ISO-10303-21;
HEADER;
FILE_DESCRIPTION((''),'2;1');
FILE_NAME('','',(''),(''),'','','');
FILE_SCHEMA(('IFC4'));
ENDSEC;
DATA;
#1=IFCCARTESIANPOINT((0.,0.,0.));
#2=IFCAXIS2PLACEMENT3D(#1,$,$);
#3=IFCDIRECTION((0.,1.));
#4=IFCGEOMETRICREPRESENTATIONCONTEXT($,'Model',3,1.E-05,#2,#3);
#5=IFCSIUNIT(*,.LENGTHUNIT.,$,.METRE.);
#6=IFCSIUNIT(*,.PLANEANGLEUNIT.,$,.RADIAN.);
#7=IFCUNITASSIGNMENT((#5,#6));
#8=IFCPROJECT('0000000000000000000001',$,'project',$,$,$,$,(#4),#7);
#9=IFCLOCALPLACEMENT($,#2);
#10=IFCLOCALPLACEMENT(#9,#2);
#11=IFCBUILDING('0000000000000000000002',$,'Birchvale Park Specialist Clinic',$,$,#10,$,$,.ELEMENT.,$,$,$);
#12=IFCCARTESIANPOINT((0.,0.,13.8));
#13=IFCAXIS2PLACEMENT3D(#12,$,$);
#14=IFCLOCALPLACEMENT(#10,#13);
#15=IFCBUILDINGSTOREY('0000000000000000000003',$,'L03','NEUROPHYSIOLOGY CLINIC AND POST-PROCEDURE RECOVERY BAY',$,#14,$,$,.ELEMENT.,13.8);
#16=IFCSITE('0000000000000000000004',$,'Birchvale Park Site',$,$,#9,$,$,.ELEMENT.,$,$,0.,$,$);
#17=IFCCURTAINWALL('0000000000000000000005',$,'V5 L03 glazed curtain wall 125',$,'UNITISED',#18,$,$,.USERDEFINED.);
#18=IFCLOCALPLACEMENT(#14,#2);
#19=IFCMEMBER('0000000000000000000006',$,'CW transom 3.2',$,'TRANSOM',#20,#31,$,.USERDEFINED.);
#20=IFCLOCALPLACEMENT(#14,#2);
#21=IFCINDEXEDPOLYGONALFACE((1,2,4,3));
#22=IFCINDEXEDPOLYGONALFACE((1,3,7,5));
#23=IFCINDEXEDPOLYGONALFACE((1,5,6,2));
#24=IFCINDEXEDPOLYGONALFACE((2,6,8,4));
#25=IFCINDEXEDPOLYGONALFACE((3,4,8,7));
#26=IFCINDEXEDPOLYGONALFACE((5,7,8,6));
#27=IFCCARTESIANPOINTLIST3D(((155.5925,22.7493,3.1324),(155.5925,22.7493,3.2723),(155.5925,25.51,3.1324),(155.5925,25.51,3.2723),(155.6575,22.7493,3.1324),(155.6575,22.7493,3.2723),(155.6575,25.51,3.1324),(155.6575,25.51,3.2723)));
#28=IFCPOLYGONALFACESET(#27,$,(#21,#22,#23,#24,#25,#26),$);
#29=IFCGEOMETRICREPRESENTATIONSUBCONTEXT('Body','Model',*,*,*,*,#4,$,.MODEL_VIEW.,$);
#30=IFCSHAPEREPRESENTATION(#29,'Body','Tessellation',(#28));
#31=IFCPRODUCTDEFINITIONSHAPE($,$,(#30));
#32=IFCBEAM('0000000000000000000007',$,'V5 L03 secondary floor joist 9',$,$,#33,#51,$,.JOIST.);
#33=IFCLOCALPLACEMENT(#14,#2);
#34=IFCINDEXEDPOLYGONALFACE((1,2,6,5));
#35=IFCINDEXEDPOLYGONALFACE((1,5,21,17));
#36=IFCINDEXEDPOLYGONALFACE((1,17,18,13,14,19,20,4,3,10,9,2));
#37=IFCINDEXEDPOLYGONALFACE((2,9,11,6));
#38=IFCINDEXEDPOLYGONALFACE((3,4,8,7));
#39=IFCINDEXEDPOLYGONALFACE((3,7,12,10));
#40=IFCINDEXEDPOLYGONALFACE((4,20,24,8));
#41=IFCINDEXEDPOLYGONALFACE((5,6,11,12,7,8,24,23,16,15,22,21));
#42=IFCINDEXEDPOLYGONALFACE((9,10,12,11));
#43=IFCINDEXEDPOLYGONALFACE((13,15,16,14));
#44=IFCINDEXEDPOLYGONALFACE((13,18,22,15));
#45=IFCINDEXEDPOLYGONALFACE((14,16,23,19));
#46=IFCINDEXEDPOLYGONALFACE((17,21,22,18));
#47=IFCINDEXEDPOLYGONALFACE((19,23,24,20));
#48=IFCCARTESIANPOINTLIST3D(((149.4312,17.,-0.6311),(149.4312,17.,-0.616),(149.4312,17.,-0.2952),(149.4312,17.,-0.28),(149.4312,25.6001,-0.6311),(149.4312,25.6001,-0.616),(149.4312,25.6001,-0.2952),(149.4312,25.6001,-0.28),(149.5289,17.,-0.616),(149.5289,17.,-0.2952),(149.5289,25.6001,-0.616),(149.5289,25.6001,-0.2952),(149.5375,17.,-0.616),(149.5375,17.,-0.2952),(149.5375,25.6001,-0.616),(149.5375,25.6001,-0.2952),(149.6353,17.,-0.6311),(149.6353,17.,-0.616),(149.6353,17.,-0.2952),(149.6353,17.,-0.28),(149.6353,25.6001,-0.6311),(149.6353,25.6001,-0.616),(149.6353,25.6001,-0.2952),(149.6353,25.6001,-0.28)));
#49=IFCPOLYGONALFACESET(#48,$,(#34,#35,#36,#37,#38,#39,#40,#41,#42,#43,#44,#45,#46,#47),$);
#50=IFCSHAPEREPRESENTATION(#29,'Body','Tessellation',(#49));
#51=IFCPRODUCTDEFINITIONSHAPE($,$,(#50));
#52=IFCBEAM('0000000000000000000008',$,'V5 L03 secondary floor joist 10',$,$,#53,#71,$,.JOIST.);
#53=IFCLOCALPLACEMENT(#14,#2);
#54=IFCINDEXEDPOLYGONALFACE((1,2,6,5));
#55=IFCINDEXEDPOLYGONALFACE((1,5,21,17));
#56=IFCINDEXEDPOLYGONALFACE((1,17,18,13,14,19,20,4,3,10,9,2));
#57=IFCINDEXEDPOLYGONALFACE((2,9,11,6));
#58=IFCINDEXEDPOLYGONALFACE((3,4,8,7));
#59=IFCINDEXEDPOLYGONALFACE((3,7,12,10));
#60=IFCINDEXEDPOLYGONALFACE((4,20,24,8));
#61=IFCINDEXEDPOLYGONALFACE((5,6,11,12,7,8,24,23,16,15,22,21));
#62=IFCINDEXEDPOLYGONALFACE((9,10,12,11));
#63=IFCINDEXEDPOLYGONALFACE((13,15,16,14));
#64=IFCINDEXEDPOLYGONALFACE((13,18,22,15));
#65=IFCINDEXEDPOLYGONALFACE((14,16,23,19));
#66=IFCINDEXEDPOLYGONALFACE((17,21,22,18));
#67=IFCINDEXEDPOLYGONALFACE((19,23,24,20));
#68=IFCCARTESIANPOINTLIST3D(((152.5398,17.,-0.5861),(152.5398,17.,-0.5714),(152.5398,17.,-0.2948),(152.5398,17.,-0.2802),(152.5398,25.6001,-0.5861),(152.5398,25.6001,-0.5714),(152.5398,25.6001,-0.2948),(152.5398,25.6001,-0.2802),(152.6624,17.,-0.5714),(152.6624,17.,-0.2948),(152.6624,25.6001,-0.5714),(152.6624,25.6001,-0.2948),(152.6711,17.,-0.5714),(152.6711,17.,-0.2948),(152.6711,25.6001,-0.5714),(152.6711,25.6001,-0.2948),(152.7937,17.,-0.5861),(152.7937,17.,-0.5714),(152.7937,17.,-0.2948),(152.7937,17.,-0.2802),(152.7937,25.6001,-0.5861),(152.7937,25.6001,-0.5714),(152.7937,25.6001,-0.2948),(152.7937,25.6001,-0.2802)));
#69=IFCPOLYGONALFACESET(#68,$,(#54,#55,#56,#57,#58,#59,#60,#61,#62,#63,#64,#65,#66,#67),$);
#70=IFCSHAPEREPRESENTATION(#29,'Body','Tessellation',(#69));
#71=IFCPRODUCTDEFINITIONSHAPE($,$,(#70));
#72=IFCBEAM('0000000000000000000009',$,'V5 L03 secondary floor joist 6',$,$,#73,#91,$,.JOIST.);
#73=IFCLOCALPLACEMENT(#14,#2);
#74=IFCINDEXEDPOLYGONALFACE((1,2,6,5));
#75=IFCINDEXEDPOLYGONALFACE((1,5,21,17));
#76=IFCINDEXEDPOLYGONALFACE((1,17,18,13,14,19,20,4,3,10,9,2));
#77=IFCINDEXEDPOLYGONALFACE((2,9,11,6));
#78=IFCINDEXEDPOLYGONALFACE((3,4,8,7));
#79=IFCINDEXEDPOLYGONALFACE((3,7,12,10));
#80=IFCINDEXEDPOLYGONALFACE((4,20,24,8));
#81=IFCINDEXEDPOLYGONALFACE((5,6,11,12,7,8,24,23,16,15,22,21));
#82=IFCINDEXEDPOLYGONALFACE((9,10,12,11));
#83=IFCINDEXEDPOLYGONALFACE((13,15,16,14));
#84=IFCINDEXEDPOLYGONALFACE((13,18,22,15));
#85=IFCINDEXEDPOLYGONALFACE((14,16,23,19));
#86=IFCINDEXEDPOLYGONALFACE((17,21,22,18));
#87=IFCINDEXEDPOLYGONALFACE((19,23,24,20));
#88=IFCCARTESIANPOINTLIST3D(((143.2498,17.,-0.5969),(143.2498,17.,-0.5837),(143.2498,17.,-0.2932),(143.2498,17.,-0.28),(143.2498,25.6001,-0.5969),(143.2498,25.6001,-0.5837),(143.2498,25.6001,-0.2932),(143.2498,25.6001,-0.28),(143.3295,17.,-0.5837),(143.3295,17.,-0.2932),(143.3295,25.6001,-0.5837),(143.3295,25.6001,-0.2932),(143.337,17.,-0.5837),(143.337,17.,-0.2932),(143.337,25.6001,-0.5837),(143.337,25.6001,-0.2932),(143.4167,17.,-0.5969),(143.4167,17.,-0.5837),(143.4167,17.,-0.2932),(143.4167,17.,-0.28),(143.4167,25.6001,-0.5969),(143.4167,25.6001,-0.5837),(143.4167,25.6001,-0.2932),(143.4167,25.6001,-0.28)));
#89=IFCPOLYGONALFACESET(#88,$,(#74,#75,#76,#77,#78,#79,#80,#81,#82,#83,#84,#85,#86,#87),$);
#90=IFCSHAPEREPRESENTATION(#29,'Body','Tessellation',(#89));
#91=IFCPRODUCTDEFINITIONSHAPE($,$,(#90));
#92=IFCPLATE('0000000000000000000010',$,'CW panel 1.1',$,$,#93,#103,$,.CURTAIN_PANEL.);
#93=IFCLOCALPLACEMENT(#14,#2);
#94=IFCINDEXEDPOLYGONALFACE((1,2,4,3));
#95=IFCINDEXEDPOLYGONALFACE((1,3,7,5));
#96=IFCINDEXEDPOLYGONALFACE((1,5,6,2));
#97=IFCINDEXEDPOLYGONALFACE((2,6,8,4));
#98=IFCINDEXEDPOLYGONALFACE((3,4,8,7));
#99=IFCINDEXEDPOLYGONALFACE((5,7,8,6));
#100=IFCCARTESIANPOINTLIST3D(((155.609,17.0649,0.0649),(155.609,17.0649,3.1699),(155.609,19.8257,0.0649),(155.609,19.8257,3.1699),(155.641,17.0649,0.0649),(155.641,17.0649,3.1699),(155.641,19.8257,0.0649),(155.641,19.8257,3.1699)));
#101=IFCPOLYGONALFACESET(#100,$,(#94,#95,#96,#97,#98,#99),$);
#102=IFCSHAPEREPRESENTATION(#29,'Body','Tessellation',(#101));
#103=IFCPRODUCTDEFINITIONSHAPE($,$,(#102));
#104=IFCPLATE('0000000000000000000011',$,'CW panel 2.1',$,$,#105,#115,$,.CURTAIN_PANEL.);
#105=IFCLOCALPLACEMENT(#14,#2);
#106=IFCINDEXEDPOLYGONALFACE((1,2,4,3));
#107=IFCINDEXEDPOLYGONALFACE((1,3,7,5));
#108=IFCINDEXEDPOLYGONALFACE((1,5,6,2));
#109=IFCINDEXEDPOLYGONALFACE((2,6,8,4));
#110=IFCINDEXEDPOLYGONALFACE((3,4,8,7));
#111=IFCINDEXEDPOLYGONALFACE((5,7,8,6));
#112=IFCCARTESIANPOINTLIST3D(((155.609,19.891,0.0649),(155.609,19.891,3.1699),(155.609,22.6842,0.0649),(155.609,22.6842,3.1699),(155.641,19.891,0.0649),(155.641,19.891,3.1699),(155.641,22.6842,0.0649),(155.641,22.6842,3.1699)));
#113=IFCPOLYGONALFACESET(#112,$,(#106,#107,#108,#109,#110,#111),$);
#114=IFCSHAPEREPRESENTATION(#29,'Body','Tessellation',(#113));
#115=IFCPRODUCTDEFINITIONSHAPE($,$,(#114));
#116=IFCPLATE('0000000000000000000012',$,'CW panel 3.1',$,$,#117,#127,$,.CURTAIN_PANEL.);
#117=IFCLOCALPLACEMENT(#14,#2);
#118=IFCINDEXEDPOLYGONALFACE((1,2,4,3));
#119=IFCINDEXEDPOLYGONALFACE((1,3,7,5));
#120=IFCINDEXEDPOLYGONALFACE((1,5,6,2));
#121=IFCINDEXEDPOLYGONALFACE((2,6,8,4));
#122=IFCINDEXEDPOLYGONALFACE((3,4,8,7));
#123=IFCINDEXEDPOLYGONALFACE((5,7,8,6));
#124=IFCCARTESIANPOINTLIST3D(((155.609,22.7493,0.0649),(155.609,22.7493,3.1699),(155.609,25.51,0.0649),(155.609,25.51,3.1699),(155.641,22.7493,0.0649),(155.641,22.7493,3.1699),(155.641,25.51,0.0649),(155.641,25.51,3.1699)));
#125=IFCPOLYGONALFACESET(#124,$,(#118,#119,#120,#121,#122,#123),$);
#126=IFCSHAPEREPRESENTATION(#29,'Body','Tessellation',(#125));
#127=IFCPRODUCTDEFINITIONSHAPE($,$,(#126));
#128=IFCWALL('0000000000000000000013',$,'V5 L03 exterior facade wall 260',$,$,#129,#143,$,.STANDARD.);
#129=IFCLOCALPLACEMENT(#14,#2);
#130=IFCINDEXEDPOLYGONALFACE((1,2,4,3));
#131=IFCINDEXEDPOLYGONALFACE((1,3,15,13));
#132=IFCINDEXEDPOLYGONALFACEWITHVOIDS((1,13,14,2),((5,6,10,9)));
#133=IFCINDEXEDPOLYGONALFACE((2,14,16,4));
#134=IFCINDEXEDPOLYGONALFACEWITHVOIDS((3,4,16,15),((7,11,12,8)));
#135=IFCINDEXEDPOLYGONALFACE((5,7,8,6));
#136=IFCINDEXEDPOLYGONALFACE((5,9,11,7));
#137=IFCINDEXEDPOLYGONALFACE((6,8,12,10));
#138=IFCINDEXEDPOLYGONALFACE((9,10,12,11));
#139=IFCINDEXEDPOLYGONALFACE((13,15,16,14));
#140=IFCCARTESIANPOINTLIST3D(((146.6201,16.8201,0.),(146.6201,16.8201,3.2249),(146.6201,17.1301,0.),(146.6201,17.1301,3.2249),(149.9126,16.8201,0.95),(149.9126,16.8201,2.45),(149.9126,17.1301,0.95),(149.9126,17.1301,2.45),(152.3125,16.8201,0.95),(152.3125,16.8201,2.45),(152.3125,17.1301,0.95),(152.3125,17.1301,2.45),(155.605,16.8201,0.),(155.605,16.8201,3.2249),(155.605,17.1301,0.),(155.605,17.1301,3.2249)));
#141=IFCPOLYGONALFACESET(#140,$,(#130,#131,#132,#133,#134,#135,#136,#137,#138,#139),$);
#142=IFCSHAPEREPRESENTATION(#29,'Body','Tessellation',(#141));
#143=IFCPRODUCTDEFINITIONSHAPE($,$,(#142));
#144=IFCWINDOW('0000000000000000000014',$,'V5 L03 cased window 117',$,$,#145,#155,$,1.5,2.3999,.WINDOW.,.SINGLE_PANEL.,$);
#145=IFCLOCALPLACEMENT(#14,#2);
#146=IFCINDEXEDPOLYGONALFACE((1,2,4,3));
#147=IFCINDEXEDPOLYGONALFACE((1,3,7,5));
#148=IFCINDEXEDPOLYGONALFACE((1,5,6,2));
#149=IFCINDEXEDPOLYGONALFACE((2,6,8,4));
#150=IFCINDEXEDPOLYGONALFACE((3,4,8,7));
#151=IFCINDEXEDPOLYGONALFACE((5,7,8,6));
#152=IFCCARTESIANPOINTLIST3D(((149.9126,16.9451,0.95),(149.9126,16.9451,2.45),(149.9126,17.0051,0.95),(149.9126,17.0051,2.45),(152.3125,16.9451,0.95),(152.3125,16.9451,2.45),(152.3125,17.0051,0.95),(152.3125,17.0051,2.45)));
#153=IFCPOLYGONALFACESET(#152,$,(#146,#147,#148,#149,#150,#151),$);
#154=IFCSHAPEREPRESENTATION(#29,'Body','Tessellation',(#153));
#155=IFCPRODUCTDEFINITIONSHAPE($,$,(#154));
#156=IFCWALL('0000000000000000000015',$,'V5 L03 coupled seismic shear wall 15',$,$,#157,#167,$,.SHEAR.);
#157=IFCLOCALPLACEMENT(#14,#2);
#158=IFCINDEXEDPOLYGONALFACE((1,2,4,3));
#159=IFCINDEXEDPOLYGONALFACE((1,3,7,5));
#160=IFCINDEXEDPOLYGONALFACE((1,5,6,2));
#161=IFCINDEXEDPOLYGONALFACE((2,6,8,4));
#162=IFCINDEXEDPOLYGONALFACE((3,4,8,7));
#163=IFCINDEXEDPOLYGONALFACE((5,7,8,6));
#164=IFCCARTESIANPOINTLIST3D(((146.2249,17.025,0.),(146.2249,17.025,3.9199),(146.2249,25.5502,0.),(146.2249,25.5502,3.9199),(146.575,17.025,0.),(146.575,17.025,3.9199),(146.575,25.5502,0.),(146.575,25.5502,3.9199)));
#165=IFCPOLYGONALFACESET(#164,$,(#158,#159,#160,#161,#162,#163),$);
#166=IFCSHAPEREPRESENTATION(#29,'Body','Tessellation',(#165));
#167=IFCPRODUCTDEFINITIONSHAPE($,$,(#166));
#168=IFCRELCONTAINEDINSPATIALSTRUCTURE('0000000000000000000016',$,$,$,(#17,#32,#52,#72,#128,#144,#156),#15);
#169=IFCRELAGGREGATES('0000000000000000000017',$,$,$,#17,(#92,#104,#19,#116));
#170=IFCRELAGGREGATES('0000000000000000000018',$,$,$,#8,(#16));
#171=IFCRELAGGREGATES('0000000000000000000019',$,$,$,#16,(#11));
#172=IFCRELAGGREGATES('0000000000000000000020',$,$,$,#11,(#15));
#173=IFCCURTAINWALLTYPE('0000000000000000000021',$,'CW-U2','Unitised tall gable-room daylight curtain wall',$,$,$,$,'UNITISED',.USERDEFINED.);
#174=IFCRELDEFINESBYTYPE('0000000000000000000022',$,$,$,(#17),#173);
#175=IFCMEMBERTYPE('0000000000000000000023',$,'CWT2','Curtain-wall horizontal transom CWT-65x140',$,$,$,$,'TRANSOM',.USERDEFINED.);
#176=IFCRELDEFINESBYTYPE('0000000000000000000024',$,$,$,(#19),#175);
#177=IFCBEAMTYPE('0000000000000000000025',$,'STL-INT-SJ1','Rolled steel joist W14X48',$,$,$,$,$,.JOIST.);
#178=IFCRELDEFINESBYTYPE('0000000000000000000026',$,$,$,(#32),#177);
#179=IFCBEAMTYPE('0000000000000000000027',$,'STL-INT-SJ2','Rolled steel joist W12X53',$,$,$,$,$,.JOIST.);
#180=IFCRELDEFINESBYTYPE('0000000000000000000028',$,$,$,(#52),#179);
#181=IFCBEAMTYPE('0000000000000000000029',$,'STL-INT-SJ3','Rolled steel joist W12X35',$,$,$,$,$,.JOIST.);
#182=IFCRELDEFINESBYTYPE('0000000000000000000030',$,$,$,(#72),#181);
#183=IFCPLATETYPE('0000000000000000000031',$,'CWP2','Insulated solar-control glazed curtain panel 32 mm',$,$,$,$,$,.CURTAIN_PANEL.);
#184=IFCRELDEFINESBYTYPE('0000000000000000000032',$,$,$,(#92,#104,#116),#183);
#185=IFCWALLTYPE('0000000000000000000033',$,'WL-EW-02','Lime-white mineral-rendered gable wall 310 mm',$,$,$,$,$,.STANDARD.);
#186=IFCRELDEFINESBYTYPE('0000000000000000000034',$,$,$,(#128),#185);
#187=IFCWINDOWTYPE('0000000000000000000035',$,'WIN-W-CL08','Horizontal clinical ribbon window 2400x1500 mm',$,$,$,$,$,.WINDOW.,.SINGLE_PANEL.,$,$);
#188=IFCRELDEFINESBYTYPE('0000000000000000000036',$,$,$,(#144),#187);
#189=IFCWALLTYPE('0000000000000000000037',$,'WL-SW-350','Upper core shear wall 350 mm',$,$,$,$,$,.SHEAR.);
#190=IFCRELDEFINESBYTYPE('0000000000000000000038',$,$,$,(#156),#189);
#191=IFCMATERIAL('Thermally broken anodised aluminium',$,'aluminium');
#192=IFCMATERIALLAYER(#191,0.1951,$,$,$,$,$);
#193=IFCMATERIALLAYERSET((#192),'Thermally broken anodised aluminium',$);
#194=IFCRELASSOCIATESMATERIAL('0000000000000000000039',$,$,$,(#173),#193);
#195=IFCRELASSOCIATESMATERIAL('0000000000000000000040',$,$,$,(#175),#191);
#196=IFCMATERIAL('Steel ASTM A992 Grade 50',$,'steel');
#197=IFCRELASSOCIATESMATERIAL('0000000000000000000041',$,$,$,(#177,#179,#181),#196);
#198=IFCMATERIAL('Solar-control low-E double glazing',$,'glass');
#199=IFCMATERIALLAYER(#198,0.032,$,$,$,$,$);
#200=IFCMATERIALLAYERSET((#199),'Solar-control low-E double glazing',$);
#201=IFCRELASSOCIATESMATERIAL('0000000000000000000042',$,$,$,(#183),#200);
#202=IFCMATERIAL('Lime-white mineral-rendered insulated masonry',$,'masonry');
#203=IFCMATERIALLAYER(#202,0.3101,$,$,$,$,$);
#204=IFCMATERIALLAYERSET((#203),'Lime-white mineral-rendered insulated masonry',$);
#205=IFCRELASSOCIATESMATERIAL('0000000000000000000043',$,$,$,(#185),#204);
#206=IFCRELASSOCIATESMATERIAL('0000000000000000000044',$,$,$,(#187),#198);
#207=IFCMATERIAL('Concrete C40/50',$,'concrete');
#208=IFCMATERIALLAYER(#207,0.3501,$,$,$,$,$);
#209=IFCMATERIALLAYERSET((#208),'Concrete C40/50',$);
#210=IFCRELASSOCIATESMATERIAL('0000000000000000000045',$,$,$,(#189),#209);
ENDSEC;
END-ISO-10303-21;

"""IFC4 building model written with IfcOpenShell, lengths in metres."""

from ifc_helpers import new_model, si_unit, direction, frame, frame_2d, origin, origin_2d, place, context, subcontext, project, spatial, rectangle, i_section, extrude, material, layer, layer_set, material_profile, profile_set, type_object, element, fill, aggregate, save


model = new_model("IFC4")

# Units and contexts
model_context = context("Model", 3, precision=1e-05, world=origin(), true_north=direction((0.0, 1.0)))
body_context = subcontext(model_context, "Body", "Model", "MODEL_VIEW")
ifc_project = project(units=[si_unit("LENGTHUNIT", "METRE"), si_unit("PLANEANGLEUNIT", "RADIAN")], contexts=[model_context])

# Site, building, storey
site_placement = place(None, origin())
site = spatial("IfcSite", under=ifc_project, at=site_placement, Name="Birchvale Park Site", CompositionType="ELEMENT", RefElevation=0.0)
building_placement = place(site_placement, origin())
building = spatial("IfcBuilding", under=site, at=building_placement, Name="Birchvale Park Specialist Clinic", CompositionType="ELEMENT")
storey_placement = place(building_placement, frame((0.0, 0.0, 13.8)))
storey = spatial("IfcBuildingStorey", under=building, at=storey_placement, Name="L03", Description="NEUROPHYSIOLOGY CLINIC AND POST-PROCEDURE RECOVERY BAY", CompositionType="ELEMENT", Elevation=13.8)

# Shared definitions
ifc_material_1 = material(Name="Concrete C40/50", Category="concrete")

# Curtain wall, member
ifc_material_2 = material(Name="Thermally broken anodised aluminium", Category="aluminium")
ifc_layer_1 = layer(ifc_material_2, 0.1951)
ifc_layer_set_1 = layer_set([ifc_layer_1], Name="Thermally broken anodised aluminium")
curtain_wall_type = type_object("IfcCurtainWallType", Name="CW-U2", Description="Unitised tall gable-room daylight curtain wall", ElementType="UNITISED", PredefinedType="USERDEFINED", material=ifc_layer_set_1)
curtain_wall_placement = place(storey_placement, origin())
curtain_wall = element("IfcCurtainWall", 1, at=curtain_wall_placement, inside=storey, type_object=curtain_wall_type, Name="V5 L03 glazed curtain wall 125", ObjectType="UNITISED", PredefinedType="USERDEFINED")
ifc_material_profile_1 = material_profile(ifc_material_2, rectangle(XDim=0.0649, YDim=0.1399, at=origin_2d()), Name="CWT-65x140")
ifc_profile_set_1 = profile_set([ifc_material_profile_1], Name="Thermally broken anodised aluminium")
member_type_1 = type_object("IfcMemberType", Name="CWT2", Description="Curtain-wall horizontal transom CWT-65x140", ElementType="TRANSOM", PredefinedType="USERDEFINED", material=ifc_profile_set_1)
member_1_placement = place(storey_placement, frame((155.625, 22.7493, 3.2024), z_axis=(0.0, 1.0, 0.0), x_axis=(-1.0, 0.0, 0.0)))
member_1 = element("IfcMember", 2, at=member_1_placement, type_object=member_type_1, Name="CW transom 3.2", ObjectType="TRANSOM", PredefinedType="USERDEFINED", context=body_context, shape_type="SweptSolid", body=[
    extrude(rectangle(XDim=0.0649, YDim=0.1399, at=origin_2d()), origin(), (0.0, 0.0, 1.0), 2.7607),
])

# Beams
ifc_material_3 = material(Name="Steel ASTM A992 Grade 50", Category="steel")
ifc_material_profile_2 = material_profile(ifc_material_3, i_section(OverallWidth=0.2041, OverallDepth=0.3511, WebThickness=0.0085, FlangeThickness=0.0151, at=origin_2d()), Name="W14X48")
ifc_profile_set_2 = profile_set([ifc_material_profile_2], Name="Steel ASTM A992 Grade 50")
beam_type_1 = type_object("IfcBeamType", Name="STL-INT-SJ1", Description="Rolled steel joist W14X48", PredefinedType="JOIST", material=ifc_profile_set_2)
beam_1_placement = place(storey_placement, frame((149.5332, 17.0, -0.4556), z_axis=(0.0, 1.0, 0.0), x_axis=(-1.0, 0.0, 0.0)))
element("IfcBeam", 3, at=beam_1_placement, inside=storey, type_object=beam_type_1, Name="V5 L03 secondary floor joist 9", PredefinedType="JOIST", context=body_context, shape_type="SweptSolid", body=[
    extrude(i_section(OverallWidth=0.2041, OverallDepth=0.3511, WebThickness=0.0085, FlangeThickness=0.0151, at=origin_2d()), origin(), (0.0, 0.0, 1.0), 8.6001),
])
ifc_material_profile_3 = material_profile(ifc_material_3, i_section(OverallWidth=0.2539, OverallDepth=0.3059, WebThickness=0.0088, FlangeThickness=0.0146, at=origin_2d()), Name="W12X53")
ifc_profile_set_3 = profile_set([ifc_material_profile_3], Name="Steel ASTM A992 Grade 50")
beam_type_2 = type_object("IfcBeamType", Name="STL-INT-SJ2", Description="Rolled steel joist W12X53", PredefinedType="JOIST", material=ifc_profile_set_3)
beam_2_placement = place(storey_placement, frame((152.6667, 17.0, -0.4331), z_axis=(0.0, 1.0, 0.0), x_axis=(-1.0, 0.0, 0.0)))
element("IfcBeam", 4, at=beam_2_placement, inside=storey, type_object=beam_type_2, Name="V5 L03 secondary floor joist 10", PredefinedType="JOIST", context=body_context, shape_type="SweptSolid", body=[
    extrude(i_section(OverallWidth=0.2539, OverallDepth=0.3059, WebThickness=0.0088, FlangeThickness=0.0146, at=origin_2d()), origin(), (0.0, 0.0, 1.0), 8.6001),
])
ifc_material_profile_4 = material_profile(ifc_material_3, i_section(OverallWidth=0.167, OverallDepth=0.3169, WebThickness=0.0076, FlangeThickness=0.0132, at=origin_2d()), Name="W12X35")
ifc_profile_set_4 = profile_set([ifc_material_profile_4], Name="Steel ASTM A992 Grade 50")
beam_type_3 = type_object("IfcBeamType", Name="STL-INT-SJ3", Description="Rolled steel joist W12X35", PredefinedType="JOIST", material=ifc_profile_set_4)
beam_3_placement = place(storey_placement, frame((143.3333, 17.0, -0.4385), z_axis=(0.0, 1.0, 0.0), x_axis=(-1.0, 0.0, 0.0)))
element("IfcBeam", 5, at=beam_3_placement, inside=storey, type_object=beam_type_3, Name="V5 L03 secondary floor joist 6", PredefinedType="JOIST", context=body_context, shape_type="SweptSolid", body=[
    extrude(i_section(OverallWidth=0.167, OverallDepth=0.3169, WebThickness=0.0076, FlangeThickness=0.0132, at=origin_2d()), origin(), (0.0, 0.0, 1.0), 8.6001),
])

# Plates
ifc_material_4 = material(Name="Solar-control low-E double glazing", Category="glass")
ifc_layer_2 = layer(ifc_material_4, 0.032)
ifc_layer_set_2 = layer_set([ifc_layer_2], Name="Solar-control low-E double glazing")
plate_type = type_object("IfcPlateType", Name="CWP2", Description="Insulated solar-control glazed curtain panel 32 mm", PredefinedType="CURTAIN_PANEL", material=ifc_layer_set_2)
plate_1_placement = place(storey_placement, frame((155.625, 18.4453, 0.0649), z_axis=(0.0, 0.0, 1.0), x_axis=(0.0, 1.0, 0.0)))
plate_1 = element("IfcPlate", 6, at=plate_1_placement, type_object=plate_type, Name="CW panel 1.1", PredefinedType="CURTAIN_PANEL", context=body_context, shape_type="SweptSolid", body=[
    extrude(rectangle(XDim=2.7607, YDim=0.032, at=origin_2d()), origin(), (0.0, 0.0, 1.0), 3.105),
])
plate_2_placement = place(storey_placement, frame((155.625, 21.2876, 0.0649), z_axis=(0.0, 0.0, 1.0), x_axis=(0.0, 1.0, 0.0)))
plate_2 = element("IfcPlate", 7, at=plate_2_placement, type_object=plate_type, Name="CW panel 2.1", PredefinedType="CURTAIN_PANEL", context=body_context, shape_type="SweptSolid", body=[
    extrude(rectangle(XDim=2.7932, YDim=0.032, at=origin_2d()), origin(), (0.0, 0.0, 1.0), 3.105),
])
plate_3_placement = place(storey_placement, frame((155.625, 24.1296, 0.0649), z_axis=(0.0, 0.0, 1.0), x_axis=(0.0, 1.0, 0.0)))
plate_3 = element("IfcPlate", 8, at=plate_3_placement, type_object=plate_type, Name="CW panel 3.1", PredefinedType="CURTAIN_PANEL", context=body_context, shape_type="SweptSolid", body=[
    extrude(rectangle(XDim=2.7607, YDim=0.032, at=origin_2d()), origin(), (0.0, 0.0, 1.0), 3.105),
])
aggregate(curtain_wall, [plate_1, plate_2, member_1, plate_3])

# Wall, opening, window
ifc_material_5 = material(Name="Lime-white mineral-rendered insulated masonry", Category="masonry")
ifc_layer_3 = layer(ifc_material_5, 0.3101)
ifc_layer_set_3 = layer_set([ifc_layer_3], Name="Lime-white mineral-rendered insulated masonry")
wall_type_1 = type_object("IfcWallType", Name="WL-EW-02", Description="Lime-white mineral-rendered gable wall 310 mm", PredefinedType="STANDARD", material=ifc_layer_set_3)
wall_1_placement = place(storey_placement, frame((146.6201, 16.9751, 0.0), z_axis=(0.0, 0.0, 1.0), x_axis=(1.0, 0.0, 0.0)))
wall_1 = element("IfcWall", 9, at=wall_1_placement, inside=storey, type_object=wall_type_1, Name="V5 L03 exterior facade wall 260", PredefinedType="STANDARD", context=body_context, shape_type="SweptSolid", body=[
    extrude(rectangle(XDim=8.9849, YDim=0.3101, at=frame_2d((4.4924, 0.0))), origin(), (0.0, 0.0, 1.0), 3.2249),
])
opening_placement = place(wall_1_placement, frame((3.2925, 0.0, 0.95)))
opening = element("IfcOpeningElement", 10, at=opening_placement, cuts=wall_1, PredefinedType="OPENING", context=body_context, shape_type="SweptSolid", body=[
    extrude(rectangle(XDim=2.3999, YDim=1.5, at=frame_2d((1.2, 0.75))), frame((0.0, 0.165, 0.0), z_axis=(0.0, -1.0, 0.0), x_axis=(1.0, 0.0, 0.0)), (0.0, 0.0, 1.0), 0.3301),
])
window_type = type_object("IfcWindowType", Name="WIN-W-CL08", Description="Horizontal clinical ribbon window 2400x1500 mm", PartitioningType="SINGLE_PANEL", PredefinedType="WINDOW", material=ifc_material_4)
window_placement = place(opening_placement, origin())
window = element("IfcWindow", 11, at=window_placement, inside=storey, type_object=window_type, Name="V5 L03 cased window 117", OverallHeight=1.5, OverallWidth=2.3999, PartitioningType="SINGLE_PANEL", PredefinedType="WINDOW", context=body_context, shape_type="SweptSolid", body=[
    extrude(rectangle(XDim=2.3999, YDim=1.5, at=frame_2d((1.2, 0.75))), frame((0.0, 0.03, 0.0), z_axis=(0.0, -1.0, 0.0), x_axis=(1.0, 0.0, 0.0)), (0.0, 0.0, 1.0), 0.0601),
])
fill(opening, window)

# Wall
ifc_layer_4 = layer(ifc_material_1, 0.3501)
ifc_layer_set_4 = layer_set([ifc_layer_4], Name="Concrete C40/50")
wall_type_2 = type_object("IfcWallType", Name="WL-SW-350", Description="Upper core shear wall 350 mm", PredefinedType="SHEAR", material=ifc_layer_set_4)
wall_2_placement = place(storey_placement, frame((146.3999, 17.0249, 0.0), z_axis=(0.0, 0.0, 1.0), x_axis=(0.0, 1.0, 0.0)))
element("IfcWall", 12, at=wall_2_placement, inside=storey, type_object=wall_type_2, Name="V5 L03 coupled seismic shear wall 15", PredefinedType="SHEAR", context=body_context, shape_type="SweptSolid", body=[
    extrude(rectangle(XDim=8.5251, YDim=0.3501, at=frame_2d((4.2627, 0.0))), origin(), (0.0, 0.0, 1.0), 3.9199),
])

save(model, "model.ifc")
